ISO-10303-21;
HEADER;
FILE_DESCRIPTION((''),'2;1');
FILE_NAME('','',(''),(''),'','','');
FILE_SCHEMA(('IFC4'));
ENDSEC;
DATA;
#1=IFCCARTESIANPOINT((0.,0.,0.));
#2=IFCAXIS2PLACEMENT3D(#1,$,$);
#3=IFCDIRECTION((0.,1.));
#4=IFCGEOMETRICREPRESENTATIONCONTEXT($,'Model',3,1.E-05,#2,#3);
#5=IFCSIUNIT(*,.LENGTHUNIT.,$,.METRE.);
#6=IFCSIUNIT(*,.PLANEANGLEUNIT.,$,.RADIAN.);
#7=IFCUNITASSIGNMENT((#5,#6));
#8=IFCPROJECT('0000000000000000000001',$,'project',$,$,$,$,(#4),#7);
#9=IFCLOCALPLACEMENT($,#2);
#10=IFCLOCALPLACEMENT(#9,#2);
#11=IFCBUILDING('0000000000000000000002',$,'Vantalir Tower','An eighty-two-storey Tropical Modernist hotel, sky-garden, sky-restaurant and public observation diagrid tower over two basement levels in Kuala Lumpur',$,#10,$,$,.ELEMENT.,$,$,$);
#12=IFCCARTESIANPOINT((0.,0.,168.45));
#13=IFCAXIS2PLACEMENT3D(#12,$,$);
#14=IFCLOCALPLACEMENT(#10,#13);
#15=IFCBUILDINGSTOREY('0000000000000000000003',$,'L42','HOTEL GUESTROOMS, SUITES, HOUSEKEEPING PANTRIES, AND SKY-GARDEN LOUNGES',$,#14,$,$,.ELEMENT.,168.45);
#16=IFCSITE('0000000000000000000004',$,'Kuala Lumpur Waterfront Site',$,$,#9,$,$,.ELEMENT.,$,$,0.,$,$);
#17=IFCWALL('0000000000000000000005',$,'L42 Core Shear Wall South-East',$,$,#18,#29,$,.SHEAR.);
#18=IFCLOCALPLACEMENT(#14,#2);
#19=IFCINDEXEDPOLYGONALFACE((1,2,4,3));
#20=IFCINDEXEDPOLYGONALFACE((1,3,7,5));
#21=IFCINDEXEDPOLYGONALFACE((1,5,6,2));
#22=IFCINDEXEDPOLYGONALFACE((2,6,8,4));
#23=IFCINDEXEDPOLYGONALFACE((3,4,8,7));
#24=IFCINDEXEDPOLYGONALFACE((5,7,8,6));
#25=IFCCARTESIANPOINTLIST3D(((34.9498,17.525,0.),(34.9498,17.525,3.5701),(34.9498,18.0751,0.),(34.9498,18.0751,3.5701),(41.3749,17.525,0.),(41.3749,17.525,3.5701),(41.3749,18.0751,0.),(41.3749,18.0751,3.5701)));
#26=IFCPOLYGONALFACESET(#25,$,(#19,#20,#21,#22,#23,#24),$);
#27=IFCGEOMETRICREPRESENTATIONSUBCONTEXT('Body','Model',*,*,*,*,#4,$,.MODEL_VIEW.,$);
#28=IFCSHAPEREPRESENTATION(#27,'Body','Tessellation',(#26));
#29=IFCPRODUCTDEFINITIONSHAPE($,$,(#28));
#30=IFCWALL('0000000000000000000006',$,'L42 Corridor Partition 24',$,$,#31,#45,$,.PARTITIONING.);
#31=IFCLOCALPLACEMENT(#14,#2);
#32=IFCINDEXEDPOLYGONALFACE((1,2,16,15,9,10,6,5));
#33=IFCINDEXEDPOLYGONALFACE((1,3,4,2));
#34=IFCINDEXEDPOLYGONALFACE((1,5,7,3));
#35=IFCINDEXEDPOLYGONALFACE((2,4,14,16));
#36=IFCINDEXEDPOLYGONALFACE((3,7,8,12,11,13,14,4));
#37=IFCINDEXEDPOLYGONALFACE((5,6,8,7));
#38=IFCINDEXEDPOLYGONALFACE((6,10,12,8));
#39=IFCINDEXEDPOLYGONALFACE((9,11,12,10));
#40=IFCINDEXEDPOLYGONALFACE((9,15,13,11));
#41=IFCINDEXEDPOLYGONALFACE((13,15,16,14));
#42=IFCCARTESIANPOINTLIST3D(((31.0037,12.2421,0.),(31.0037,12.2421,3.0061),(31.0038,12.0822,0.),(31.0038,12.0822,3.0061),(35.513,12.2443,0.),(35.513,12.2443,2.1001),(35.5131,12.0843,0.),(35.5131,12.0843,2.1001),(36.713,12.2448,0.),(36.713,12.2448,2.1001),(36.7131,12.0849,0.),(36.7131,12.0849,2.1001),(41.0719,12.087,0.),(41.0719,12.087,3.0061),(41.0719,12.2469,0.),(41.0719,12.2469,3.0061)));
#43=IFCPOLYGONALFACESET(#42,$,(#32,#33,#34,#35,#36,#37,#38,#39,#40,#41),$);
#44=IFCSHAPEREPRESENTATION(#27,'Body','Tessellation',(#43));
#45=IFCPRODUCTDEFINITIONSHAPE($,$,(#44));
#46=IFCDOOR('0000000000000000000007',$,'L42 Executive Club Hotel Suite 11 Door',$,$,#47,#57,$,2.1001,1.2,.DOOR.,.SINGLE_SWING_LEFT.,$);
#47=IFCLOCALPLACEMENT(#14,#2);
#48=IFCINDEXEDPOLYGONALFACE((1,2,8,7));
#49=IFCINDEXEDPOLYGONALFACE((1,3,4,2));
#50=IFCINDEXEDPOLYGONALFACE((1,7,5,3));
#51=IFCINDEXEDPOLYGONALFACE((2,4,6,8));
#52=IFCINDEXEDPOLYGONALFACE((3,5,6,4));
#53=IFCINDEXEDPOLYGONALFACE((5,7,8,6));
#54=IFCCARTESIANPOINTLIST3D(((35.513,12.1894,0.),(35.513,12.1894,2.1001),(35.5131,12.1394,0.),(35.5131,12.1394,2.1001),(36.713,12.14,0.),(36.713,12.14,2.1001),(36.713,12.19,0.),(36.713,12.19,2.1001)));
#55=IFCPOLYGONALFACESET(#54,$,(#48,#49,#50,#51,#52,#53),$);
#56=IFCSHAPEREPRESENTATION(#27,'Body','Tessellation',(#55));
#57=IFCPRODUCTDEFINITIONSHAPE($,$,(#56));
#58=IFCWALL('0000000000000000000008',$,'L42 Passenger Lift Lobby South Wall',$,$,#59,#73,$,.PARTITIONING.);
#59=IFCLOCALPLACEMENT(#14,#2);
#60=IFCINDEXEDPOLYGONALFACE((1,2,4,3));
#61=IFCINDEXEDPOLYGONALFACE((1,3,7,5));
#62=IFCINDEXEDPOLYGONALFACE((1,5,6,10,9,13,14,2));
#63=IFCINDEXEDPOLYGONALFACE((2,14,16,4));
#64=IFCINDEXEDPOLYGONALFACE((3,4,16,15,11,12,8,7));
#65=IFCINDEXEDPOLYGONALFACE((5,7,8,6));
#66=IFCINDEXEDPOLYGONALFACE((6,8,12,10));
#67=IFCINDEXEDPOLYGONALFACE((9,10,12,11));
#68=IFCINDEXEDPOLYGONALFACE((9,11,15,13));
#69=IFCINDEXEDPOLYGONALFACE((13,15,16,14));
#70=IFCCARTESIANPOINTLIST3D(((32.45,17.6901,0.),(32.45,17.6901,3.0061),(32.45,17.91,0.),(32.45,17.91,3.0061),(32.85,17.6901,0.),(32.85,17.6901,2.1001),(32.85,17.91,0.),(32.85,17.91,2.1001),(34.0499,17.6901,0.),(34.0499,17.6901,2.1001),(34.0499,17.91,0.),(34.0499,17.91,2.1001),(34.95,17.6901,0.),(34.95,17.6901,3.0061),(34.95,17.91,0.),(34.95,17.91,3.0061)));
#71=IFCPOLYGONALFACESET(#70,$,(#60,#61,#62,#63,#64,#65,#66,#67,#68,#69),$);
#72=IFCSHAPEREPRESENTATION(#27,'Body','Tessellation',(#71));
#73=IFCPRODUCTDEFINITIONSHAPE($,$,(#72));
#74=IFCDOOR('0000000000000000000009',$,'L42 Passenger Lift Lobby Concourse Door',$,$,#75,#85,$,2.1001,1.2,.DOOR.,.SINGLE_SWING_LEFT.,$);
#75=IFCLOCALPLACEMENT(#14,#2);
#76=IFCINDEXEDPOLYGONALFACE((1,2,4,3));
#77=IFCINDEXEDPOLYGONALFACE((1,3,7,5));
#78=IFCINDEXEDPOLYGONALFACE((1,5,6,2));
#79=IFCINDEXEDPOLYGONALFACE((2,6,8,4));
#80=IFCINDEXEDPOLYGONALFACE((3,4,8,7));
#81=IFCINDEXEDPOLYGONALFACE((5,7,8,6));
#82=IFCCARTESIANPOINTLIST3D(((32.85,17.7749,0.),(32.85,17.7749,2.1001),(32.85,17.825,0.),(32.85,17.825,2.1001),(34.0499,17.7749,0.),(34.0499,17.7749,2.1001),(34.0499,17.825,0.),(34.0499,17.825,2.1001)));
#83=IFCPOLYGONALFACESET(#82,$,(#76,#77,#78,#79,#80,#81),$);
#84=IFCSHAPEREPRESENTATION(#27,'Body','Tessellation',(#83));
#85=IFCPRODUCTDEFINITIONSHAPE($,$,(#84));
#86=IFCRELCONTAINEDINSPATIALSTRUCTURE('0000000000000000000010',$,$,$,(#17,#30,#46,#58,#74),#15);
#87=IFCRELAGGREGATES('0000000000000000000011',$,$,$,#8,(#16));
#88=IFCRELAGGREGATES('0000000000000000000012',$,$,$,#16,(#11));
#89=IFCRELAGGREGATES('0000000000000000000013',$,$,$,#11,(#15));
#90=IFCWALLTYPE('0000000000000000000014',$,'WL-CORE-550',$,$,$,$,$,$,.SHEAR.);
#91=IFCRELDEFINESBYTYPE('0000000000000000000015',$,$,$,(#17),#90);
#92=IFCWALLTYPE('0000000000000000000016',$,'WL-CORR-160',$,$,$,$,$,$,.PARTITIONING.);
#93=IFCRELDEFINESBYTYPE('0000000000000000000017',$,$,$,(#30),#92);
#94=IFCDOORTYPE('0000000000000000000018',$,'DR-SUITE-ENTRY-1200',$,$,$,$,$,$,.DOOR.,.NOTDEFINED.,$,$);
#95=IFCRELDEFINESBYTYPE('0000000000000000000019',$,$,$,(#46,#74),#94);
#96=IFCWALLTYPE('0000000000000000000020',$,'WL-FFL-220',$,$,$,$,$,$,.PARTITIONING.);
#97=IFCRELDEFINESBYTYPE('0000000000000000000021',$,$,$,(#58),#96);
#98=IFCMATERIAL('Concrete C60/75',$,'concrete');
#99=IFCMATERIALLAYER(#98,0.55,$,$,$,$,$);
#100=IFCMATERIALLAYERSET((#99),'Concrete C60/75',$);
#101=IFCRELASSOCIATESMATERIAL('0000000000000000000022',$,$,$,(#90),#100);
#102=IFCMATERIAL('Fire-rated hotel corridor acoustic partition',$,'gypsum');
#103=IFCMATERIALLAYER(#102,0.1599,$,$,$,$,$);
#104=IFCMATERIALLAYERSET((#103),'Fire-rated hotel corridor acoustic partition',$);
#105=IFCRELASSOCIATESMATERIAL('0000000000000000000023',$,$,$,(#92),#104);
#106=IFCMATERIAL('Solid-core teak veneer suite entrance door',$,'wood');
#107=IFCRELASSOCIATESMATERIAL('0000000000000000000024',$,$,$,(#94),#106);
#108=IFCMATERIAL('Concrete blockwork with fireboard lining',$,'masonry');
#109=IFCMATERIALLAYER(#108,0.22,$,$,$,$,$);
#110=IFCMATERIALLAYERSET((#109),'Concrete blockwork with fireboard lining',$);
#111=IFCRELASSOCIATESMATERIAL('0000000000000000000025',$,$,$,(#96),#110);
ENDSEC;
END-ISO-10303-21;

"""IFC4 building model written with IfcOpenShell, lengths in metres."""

from ifc_helpers import new_model, si_unit, direction, frame, frame_2d, origin, place, context, subcontext, project, spatial, rectangle, extrude, material, layer, layer_set, type_object, element, fill, save


model = new_model("IFC4")

# Units and contexts
model_context = context("Model", 3, precision=1e-05, world=origin(), true_north=direction((0.0, 1.0)))
body_context = subcontext(model_context, "Body", "Model", "MODEL_VIEW")
ifc_project = project(units=[si_unit("LENGTHUNIT", "METRE"), si_unit("PLANEANGLEUNIT", "RADIAN")], contexts=[model_context])

# Site, building, storey
site_placement = place(None, origin())
site = spatial("IfcSite", under=ifc_project, at=site_placement, Name="Kuala Lumpur Waterfront Site", CompositionType="ELEMENT", RefElevation=0.0)
building_placement = place(site_placement, origin())
building = spatial("IfcBuilding", under=site, at=building_placement, Name="Vantalir Tower", Description="An eighty-two-storey Tropical Modernist hotel, sky-garden, sky-restaurant and public observation diagrid tower over two basement levels in Kuala Lumpur", CompositionType="ELEMENT")
storey_placement = place(building_placement, frame((0.0, 0.0, 168.45)))
storey = spatial("IfcBuildingStorey", under=building, at=storey_placement, Name="L42", Description="HOTEL GUESTROOMS, SUITES, HOUSEKEEPING PANTRIES, AND SKY-GARDEN LOUNGES", CompositionType="ELEMENT", Elevation=168.45)

# Shared definitions
ifc_material_1 = material(Name="Concrete C60/75", Category="concrete")

# Wall
ifc_layer_1 = layer(ifc_material_1, 0.55)
ifc_layer_set_1 = layer_set([ifc_layer_1], Name="Concrete C60/75")
wall_type_1 = type_object("IfcWallType", Name="WL-CORE-550", PredefinedType="SHEAR", material=ifc_layer_set_1)
wall_1_placement = place(storey_placement, frame((34.95, 17.8, 0.0), z_axis=(0.0, 0.0, 1.0), x_axis=(1.0, 0.0, 0.0)))
element("IfcWall", 1, at=wall_1_placement, inside=storey, type_object=wall_type_1, Name="L42 Core Shear Wall South-East", PredefinedType="SHEAR", context=body_context, shape_type="SweptSolid", body=[
    extrude(rectangle(XDim=6.425, YDim=0.55, at=frame_2d((3.2124, 0.0))), origin(), (0.0, 0.0, 1.0), 3.5701),
])

# Walls, openings, doors
ifc_material_2 = material(Name="Fire-rated hotel corridor acoustic partition", Category="gypsum")
ifc_layer_2 = layer(ifc_material_2, 0.1599)
ifc_layer_set_2 = layer_set([ifc_layer_2], Name="Fire-rated hotel corridor acoustic partition")
wall_type_2 = type_object("IfcWallType", Name="WL-CORR-160", PredefinedType="PARTITIONING", material=ifc_layer_set_2)
wall_2_placement = place(storey_placement, frame((41.072, 12.167, 0.0), z_axis=(0.0, 0.0, 1.0), x_axis=(-1.0, -0.000485, 0.0)))
wall_2 = element("IfcWall", 2, at=wall_2_placement, inside=storey, type_object=wall_type_2, Name="L42 Corridor Partition 24", PredefinedType="PARTITIONING", context=body_context, shape_type="SweptSolid", body=[
    extrude(rectangle(XDim=10.0681, YDim=0.1599, at=frame_2d((5.0342, 0.0))), origin(), (0.0, 0.0, 1.0), 3.0061),
])
opening_1_placement = place(wall_2_placement, frame((4.3589, 0.0, 0.0)))
opening_1 = element("IfcOpeningElement", 3, at=opening_1_placement, cuts=wall_2, PredefinedType="OPENING", context=body_context, shape_type="SweptSolid", body=[
    extrude(rectangle(XDim=1.2, YDim=2.1001, at=frame_2d((0.6001, 1.05))), frame((0.0, 0.0898, 0.0), z_axis=(0.0, -1.0, 0.0), x_axis=(1.0, 0.0, 0.0)), (0.0, 0.0, 1.0), 0.1799),
])
ifc_material_3 = material(Name="Solid-core teak veneer suite entrance door", Category="wood")
door_type_1 = type_object("IfcDoorType", Name="DR-SUITE-ENTRY-1200", OperationType="NOTDEFINED", PredefinedType="DOOR", material=ifc_material_3)
door_1_placement = place(opening_1_placement, origin())
door_1 = element("IfcDoor", 4, at=door_1_placement, inside=storey, type_object=door_type_1, Name="L42 Executive Club Hotel Suite 11 Door", OperationType="SINGLE_SWING_LEFT", OverallHeight=2.1001, OverallWidth=1.2, PredefinedType="DOOR", context=body_context, shape_type="SweptSolid", body=[
    extrude(rectangle(XDim=1.2, YDim=2.1001, at=frame_2d((0.6001, 1.05))), frame((0.0, 0.0249, 0.0), z_axis=(0.0, -1.0, 0.0), x_axis=(1.0, 0.0, 0.0)), (0.0, 0.0, 1.0), 0.05),
])
fill(opening_1, door_1)
ifc_material_4 = material(Name="Concrete blockwork with fireboard lining", Category="masonry")
ifc_layer_3 = layer(ifc_material_4, 0.22)
ifc_layer_set_3 = layer_set([ifc_layer_3], Name="Concrete blockwork with fireboard lining")
wall_type_3 = type_object("IfcWallType", Name="WL-FFL-220", PredefinedType="PARTITIONING", material=ifc_layer_set_3)
wall_3_placement = place(storey_placement, frame((32.45, 17.8, 0.0), z_axis=(0.0, 0.0, 1.0), x_axis=(1.0, 0.0, 0.0)))
wall_3 = element("IfcWall", 5, at=wall_3_placement, inside=storey, type_object=wall_type_3, Name="L42 Passenger Lift Lobby South Wall", PredefinedType="PARTITIONING", context=body_context, shape_type="SweptSolid", body=[
    extrude(rectangle(XDim=2.5, YDim=0.22, at=frame_2d((1.25, 0.0))), origin(), (0.0, 0.0, 1.0), 3.0061),
])
opening_2_placement = place(wall_3_placement, frame((0.3999, 0.0, 0.0)))
opening_2 = element("IfcOpeningElement", 6, at=opening_2_placement, cuts=wall_3, PredefinedType="OPENING", context=body_context, shape_type="SweptSolid", body=[
    extrude(rectangle(XDim=1.2, YDim=2.1001, at=frame_2d((0.6001, 1.05))), frame((0.0, 0.1199, 0.0), z_axis=(0.0, -1.0, 0.0), x_axis=(1.0, 0.0, 0.0)), (0.0, 0.0, 1.0), 0.24),
])
door_2_placement = place(opening_2_placement, origin())
door_2 = element("IfcDoor", 7, at=door_2_placement, inside=storey, type_object=door_type_1, Name="L42 Passenger Lift Lobby Concourse Door", OperationType="SINGLE_SWING_LEFT", OverallHeight=2.1001, OverallWidth=1.2, PredefinedType="DOOR", context=body_context, shape_type="SweptSolid", body=[
    extrude(rectangle(XDim=1.2, YDim=2.1001, at=frame_2d((0.6001, 1.05))), frame((0.0, 0.0249, 0.0), z_axis=(0.0, -1.0, 0.0), x_axis=(1.0, 0.0, 0.0)), (0.0, 0.0, 1.0), 0.05),
])
fill(opening_2, door_2)

save(model, "model.ifc")
